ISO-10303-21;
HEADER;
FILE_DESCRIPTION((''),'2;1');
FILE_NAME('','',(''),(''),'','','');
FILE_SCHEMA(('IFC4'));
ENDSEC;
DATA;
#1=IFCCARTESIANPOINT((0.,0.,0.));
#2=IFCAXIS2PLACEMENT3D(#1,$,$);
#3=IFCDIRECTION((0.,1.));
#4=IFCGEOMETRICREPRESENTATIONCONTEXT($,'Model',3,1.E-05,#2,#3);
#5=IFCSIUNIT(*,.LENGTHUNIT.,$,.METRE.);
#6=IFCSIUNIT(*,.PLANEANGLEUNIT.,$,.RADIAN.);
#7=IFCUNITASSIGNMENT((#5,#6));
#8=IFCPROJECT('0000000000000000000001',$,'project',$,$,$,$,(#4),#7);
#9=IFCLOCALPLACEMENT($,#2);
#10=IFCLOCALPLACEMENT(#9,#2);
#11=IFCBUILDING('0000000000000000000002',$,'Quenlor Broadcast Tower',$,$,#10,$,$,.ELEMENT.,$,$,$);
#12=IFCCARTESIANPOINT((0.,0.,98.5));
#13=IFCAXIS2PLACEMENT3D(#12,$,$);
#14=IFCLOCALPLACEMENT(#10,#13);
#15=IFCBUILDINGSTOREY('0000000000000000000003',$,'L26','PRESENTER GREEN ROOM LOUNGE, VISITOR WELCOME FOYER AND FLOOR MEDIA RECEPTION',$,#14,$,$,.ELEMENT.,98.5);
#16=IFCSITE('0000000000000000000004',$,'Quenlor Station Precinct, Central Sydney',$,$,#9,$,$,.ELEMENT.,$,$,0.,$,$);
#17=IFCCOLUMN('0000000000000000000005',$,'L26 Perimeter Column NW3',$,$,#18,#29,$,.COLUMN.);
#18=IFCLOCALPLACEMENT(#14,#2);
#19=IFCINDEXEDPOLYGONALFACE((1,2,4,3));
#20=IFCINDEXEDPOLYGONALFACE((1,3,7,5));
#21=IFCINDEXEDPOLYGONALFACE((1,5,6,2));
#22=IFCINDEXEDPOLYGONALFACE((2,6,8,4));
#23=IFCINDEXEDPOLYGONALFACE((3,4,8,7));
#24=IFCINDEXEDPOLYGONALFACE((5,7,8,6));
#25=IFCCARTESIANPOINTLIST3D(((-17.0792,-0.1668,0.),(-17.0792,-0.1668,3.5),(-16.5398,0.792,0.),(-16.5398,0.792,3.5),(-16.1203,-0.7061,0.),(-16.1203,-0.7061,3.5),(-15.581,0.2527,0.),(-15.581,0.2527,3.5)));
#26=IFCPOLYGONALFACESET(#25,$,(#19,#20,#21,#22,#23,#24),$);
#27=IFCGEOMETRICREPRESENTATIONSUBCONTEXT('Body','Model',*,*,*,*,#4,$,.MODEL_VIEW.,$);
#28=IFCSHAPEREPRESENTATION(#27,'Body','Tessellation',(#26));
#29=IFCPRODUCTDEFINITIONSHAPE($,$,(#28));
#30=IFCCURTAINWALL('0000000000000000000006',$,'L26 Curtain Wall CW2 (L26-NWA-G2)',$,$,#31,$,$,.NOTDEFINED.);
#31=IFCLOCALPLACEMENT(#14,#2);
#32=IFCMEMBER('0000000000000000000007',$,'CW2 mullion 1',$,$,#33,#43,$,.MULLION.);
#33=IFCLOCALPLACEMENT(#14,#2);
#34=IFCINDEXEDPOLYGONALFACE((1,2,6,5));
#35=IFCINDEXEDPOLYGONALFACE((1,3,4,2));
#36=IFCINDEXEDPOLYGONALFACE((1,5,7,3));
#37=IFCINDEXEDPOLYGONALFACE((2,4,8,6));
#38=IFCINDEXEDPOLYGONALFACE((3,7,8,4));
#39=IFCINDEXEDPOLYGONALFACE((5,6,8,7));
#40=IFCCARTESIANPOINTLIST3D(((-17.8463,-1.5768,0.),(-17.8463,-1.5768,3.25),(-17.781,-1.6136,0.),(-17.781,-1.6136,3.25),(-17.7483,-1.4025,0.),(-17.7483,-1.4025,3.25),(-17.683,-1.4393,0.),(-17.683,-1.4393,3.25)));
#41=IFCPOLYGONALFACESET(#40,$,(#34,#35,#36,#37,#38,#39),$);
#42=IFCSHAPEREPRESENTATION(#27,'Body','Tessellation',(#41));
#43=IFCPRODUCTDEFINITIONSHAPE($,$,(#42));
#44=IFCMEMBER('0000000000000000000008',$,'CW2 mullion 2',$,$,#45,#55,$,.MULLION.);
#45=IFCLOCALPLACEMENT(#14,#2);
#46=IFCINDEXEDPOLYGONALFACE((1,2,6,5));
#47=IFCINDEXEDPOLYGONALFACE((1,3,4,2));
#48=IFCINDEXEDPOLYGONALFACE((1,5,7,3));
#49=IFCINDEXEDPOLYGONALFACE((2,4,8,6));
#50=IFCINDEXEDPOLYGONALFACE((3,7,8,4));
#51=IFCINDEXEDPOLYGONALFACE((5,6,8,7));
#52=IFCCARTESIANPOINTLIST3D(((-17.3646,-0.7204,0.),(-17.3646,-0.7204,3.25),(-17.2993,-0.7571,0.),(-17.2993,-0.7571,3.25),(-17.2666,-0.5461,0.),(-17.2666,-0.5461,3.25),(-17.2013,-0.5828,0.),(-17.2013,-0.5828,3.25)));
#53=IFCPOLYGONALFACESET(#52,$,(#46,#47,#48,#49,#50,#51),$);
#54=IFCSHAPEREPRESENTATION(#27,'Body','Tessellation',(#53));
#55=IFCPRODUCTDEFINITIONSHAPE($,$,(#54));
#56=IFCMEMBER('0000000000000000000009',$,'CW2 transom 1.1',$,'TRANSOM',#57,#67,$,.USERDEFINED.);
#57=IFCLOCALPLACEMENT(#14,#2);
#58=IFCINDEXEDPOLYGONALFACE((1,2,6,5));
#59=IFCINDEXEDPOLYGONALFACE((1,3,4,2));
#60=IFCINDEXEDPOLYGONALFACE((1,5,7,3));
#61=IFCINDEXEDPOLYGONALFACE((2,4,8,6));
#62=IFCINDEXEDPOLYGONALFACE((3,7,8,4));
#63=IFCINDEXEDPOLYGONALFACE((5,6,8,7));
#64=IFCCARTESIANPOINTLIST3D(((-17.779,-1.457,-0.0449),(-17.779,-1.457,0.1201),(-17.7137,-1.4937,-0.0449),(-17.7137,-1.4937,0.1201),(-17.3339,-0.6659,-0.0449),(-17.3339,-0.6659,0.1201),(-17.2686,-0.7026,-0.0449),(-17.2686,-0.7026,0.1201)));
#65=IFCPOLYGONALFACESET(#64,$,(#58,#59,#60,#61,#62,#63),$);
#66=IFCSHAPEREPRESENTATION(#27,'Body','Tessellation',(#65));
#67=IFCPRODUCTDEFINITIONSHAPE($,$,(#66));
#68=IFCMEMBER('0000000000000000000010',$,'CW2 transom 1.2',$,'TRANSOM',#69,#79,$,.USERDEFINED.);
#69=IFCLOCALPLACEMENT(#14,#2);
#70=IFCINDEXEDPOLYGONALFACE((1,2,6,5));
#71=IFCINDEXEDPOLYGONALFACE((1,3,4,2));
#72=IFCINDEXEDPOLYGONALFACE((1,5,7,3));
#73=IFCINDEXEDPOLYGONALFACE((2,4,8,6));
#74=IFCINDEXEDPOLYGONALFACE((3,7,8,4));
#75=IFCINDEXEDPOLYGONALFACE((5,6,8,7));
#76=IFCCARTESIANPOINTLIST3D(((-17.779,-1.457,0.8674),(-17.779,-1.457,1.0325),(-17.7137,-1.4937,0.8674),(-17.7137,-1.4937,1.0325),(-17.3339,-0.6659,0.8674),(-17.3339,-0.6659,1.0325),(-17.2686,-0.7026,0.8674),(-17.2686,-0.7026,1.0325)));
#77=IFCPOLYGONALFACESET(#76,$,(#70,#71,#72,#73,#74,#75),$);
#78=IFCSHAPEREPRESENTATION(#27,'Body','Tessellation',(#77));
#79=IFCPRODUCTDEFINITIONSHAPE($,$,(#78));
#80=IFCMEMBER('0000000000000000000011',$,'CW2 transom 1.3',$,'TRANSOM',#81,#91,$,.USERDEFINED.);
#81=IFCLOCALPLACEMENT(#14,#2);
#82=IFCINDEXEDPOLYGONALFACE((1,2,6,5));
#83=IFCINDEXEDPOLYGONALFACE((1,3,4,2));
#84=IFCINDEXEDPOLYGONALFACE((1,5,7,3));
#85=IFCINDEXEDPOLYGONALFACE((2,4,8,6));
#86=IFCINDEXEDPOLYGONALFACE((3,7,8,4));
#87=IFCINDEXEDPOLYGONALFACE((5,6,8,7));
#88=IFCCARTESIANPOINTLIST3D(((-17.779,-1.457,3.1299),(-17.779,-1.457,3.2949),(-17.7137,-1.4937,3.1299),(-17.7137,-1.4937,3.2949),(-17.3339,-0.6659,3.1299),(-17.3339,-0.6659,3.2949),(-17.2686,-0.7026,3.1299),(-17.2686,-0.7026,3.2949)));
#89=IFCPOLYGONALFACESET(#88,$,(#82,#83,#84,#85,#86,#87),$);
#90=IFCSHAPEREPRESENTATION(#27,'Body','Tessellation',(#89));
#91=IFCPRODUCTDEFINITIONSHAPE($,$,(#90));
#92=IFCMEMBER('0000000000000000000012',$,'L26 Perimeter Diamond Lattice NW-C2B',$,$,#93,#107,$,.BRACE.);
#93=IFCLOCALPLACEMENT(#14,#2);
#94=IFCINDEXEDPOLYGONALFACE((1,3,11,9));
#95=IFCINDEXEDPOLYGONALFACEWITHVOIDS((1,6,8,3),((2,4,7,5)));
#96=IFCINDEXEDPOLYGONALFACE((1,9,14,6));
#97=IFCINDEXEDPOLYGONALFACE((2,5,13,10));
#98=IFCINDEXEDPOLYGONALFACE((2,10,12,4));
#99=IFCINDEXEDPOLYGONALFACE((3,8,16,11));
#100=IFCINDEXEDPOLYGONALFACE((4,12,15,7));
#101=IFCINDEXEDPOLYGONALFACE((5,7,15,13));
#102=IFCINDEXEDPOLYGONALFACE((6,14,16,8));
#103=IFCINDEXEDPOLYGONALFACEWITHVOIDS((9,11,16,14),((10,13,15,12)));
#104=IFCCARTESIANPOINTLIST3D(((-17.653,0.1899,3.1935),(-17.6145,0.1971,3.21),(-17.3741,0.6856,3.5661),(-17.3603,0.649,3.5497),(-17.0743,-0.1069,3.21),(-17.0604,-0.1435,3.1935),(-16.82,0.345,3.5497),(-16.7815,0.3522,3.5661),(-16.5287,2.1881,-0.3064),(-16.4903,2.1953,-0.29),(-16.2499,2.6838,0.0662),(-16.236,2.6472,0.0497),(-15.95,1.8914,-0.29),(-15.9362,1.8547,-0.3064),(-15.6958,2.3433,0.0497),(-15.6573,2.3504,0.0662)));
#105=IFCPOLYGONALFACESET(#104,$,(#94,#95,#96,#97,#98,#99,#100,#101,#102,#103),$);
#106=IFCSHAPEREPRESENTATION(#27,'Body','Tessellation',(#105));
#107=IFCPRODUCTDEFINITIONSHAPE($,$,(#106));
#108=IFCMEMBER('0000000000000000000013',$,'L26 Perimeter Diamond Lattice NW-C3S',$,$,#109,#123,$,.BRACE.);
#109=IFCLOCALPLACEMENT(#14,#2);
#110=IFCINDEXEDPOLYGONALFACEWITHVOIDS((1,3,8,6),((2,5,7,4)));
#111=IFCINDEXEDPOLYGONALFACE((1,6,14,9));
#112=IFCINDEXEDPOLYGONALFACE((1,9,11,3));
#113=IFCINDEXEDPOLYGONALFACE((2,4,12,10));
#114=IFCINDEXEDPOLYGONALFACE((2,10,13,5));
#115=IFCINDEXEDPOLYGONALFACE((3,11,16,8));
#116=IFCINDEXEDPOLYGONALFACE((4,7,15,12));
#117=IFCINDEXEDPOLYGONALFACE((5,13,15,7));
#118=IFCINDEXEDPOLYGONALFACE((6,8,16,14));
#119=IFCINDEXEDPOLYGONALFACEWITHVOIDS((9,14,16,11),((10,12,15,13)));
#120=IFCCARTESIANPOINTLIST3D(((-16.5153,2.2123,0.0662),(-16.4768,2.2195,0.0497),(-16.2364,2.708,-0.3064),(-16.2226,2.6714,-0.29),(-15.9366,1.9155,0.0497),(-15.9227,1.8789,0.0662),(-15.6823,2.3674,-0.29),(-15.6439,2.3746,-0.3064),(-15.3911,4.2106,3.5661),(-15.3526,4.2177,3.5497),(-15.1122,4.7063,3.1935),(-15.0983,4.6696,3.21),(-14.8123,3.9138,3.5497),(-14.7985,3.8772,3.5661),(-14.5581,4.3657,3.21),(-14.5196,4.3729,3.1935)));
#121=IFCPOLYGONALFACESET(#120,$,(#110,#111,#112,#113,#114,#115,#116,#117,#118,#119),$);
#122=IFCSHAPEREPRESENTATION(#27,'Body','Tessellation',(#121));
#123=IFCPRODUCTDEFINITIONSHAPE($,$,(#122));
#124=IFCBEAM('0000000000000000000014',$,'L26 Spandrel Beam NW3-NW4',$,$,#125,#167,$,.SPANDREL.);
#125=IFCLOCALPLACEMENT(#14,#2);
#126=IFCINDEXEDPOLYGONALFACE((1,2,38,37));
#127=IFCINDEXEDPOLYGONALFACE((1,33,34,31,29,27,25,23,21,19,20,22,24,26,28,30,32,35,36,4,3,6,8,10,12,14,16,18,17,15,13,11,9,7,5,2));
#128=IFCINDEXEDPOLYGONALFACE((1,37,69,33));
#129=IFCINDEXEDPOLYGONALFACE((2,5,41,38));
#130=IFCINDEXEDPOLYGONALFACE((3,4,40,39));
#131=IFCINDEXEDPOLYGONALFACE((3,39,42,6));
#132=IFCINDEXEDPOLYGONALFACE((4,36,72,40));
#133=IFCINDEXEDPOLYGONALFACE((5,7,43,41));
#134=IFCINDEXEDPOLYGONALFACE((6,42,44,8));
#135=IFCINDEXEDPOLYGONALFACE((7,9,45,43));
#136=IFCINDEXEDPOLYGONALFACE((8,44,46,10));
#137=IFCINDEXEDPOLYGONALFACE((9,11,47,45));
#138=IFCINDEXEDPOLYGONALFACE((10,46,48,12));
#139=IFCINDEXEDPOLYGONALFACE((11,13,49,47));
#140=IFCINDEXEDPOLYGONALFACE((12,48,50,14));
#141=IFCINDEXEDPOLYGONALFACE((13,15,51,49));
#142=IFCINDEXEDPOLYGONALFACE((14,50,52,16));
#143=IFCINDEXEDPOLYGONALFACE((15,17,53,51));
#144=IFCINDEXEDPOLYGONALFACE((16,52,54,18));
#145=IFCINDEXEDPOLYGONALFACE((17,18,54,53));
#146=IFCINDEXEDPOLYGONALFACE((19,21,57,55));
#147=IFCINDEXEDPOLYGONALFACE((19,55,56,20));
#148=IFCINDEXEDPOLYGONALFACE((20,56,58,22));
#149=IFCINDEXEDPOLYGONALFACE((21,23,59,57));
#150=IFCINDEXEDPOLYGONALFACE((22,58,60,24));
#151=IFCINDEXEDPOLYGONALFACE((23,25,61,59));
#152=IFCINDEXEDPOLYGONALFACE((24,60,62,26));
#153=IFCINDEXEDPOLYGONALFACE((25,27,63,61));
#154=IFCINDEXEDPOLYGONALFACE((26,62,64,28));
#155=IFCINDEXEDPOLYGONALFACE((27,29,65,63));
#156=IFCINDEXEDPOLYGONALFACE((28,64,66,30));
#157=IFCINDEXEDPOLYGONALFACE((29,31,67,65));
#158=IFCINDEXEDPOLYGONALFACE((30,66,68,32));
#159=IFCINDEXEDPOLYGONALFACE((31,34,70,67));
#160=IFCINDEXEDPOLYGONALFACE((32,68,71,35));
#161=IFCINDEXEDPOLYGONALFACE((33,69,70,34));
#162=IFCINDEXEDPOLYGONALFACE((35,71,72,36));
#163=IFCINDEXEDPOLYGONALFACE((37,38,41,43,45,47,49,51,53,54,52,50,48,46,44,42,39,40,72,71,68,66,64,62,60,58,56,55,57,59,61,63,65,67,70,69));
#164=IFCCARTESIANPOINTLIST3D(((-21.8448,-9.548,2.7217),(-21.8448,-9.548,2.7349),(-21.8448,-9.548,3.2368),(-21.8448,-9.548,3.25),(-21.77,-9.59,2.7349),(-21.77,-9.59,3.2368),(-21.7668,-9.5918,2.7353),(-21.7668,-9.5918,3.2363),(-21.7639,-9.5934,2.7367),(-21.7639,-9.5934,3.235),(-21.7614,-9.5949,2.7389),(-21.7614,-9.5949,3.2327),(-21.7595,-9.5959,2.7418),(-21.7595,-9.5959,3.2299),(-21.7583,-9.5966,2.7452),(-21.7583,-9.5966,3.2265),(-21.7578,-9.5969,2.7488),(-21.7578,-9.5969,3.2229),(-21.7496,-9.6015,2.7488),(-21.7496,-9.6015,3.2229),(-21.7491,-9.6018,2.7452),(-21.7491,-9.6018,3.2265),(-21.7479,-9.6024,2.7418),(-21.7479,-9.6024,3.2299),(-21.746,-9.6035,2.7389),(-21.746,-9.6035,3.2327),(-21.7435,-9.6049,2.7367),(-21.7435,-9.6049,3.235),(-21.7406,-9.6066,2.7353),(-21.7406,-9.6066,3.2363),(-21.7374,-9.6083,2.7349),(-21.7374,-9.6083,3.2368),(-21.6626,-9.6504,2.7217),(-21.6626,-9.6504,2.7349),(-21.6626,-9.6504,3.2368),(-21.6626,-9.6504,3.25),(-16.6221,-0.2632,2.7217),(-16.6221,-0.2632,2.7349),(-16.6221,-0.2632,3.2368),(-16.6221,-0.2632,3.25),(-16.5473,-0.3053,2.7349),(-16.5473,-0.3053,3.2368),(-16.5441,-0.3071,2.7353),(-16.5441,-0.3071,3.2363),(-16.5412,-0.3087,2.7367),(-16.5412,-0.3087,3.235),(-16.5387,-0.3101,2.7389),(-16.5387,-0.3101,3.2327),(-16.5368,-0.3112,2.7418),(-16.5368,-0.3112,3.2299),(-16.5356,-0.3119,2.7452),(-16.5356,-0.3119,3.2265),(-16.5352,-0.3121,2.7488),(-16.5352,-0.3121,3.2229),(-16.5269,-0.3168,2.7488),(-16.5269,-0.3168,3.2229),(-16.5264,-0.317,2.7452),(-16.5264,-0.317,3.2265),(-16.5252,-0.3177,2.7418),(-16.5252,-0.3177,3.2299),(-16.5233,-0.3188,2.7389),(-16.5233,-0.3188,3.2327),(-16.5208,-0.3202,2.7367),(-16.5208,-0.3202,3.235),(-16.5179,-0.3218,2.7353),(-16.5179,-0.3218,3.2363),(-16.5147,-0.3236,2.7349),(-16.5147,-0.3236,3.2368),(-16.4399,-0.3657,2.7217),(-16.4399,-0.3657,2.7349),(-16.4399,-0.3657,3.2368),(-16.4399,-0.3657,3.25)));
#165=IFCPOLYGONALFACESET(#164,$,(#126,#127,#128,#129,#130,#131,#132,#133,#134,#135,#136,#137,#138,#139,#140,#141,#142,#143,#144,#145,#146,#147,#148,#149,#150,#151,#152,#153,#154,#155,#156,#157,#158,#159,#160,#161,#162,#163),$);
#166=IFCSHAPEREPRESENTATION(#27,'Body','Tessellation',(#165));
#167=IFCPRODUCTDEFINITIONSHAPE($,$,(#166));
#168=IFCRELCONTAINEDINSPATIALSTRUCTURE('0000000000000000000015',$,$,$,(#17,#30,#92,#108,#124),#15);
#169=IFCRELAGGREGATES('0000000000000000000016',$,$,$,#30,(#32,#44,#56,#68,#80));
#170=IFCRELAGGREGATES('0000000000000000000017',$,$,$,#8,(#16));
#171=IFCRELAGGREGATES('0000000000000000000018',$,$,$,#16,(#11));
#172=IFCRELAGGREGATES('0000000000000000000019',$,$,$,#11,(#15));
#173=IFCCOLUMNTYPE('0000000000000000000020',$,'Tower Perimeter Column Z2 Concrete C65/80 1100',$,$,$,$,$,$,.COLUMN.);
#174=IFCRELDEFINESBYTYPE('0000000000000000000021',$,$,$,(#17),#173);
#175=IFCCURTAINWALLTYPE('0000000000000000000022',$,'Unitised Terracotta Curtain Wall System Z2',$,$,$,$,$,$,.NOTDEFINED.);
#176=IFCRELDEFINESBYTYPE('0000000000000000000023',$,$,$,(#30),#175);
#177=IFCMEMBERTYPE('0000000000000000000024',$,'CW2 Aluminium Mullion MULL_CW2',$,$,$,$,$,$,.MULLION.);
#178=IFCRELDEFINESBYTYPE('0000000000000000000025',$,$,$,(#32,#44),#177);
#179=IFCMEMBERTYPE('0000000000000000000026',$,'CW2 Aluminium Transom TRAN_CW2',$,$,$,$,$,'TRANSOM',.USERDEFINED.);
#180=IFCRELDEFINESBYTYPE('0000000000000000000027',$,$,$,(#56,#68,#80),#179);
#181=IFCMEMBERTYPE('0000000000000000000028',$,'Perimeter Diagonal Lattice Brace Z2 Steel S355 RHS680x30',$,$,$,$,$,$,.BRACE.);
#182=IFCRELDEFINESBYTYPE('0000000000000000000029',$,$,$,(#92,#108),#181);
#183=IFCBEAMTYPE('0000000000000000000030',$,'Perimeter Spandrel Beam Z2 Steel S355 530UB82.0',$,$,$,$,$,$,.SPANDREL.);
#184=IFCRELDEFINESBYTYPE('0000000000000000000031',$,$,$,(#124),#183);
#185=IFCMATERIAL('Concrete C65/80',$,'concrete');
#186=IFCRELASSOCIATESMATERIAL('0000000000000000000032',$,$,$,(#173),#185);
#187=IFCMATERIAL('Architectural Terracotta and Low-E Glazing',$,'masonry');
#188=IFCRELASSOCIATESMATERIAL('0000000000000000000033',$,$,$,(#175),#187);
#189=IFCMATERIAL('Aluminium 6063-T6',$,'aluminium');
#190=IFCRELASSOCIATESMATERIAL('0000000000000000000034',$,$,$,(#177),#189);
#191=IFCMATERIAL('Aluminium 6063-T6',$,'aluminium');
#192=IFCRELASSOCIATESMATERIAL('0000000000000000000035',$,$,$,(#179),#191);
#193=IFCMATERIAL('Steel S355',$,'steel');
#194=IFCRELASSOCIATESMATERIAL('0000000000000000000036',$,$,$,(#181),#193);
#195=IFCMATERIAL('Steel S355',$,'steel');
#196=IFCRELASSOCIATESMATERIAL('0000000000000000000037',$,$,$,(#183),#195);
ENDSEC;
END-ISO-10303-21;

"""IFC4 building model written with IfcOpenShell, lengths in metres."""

from ifc_helpers import new_model, si_unit, direction, frame, origin, origin_2d, place, context, subcontext, project, spatial, rectangle, hollow_rectangle, i_section, extrude, material, material_profile, profile_set, type_object, element, aggregate, save


model = new_model("IFC4")

# Units and contexts
model_context = context("Model", 3, precision=1e-05, world=origin(), true_north=direction((0.0, 1.0)))
body_context = subcontext(model_context, "Body", "Model", "MODEL_VIEW")
ifc_project = project(units=[si_unit("LENGTHUNIT", "METRE"), si_unit("PLANEANGLEUNIT", "RADIAN")], contexts=[model_context])

# Site, building, storey
site_placement = place(None, origin())
site = spatial("IfcSite", under=ifc_project, at=site_placement, Name="Quenlor Station Precinct, Central Sydney", CompositionType="ELEMENT", RefElevation=0.0)
building_placement = place(site_placement, origin())
building = spatial("IfcBuilding", under=site, at=building_placement, Name="Quenlor Broadcast Tower", CompositionType="ELEMENT")
storey_placement = place(building_placement, frame((0.0, 0.0, 98.5)))
storey = spatial("IfcBuildingStorey", under=building, at=storey_placement, Name="L26", Description="PRESENTER GREEN ROOM LOUNGE, VISITOR WELCOME FOYER AND FLOOR MEDIA RECEPTION", CompositionType="ELEMENT", Elevation=98.5)

# Column
ifc_material_1 = material(Name="Concrete C65/80", Category="concrete")
ifc_material_profile_1 = material_profile(ifc_material_1, rectangle(XDim=1.1001, YDim=1.1001, at=origin_2d()))
ifc_profile_set_1 = profile_set([ifc_material_profile_1], Name="Concrete C65/80 RC1100x1100")
column_type = type_object("IfcColumnType", Name="Tower Perimeter Column Z2 Concrete C65/80 1100", PredefinedType="COLUMN", material=ifc_profile_set_1)
column_placement = place(storey_placement, frame((-16.3301, 0.043, 0.0), z_axis=(0.0, 0.0, 1.0), x_axis=(-0.871575, 0.490262, 0.0)))
element("IfcColumn", 1, at=column_placement, inside=storey, type_object=column_type, Name="L26 Perimeter Column NW3", PredefinedType="COLUMN", context=body_context, shape_type="SweptSolid", body=[
    extrude(rectangle(XDim=1.1001, YDim=1.1001, at=origin_2d()), origin(), (0.0, 0.0, 1.0), 3.5),
])

# Curtain wall, members
ifc_material_2 = material(Name="Architectural Terracotta and Low-E Glazing", Category="masonry")
curtain_wall_type = type_object("IfcCurtainWallType", Name="Unitised Terracotta Curtain Wall System Z2", PredefinedType="NOTDEFINED", material=ifc_material_2)
curtain_wall_placement = place(storey_placement, origin())
curtain_wall = element("IfcCurtainWall", 2, at=curtain_wall_placement, inside=storey, type_object=curtain_wall_type, Name="L26 Curtain Wall CW2 (L26-NWA-G2)", PredefinedType="NOTDEFINED")
ifc_material_3 = material(Name="Aluminium 6063-T6", Category="aluminium")
ifc_material_profile_2 = material_profile(ifc_material_3, rectangle(XDim=0.075, YDim=0.2, at=origin_2d()))
ifc_profile_set_2 = profile_set([ifc_material_profile_2], Name="Aluminium 6063-T6 MULL75x200")
member_type_1 = type_object("IfcMemberType", Name="CW2 Aluminium Mullion MULL_CW2", PredefinedType="MULLION", material=ifc_profile_set_2)
member_1_placement = place(storey_placement, frame((-17.7646, -1.5081, 0.0), z_axis=(0.0, 0.0, 1.0), x_axis=(-0.871581, 0.490252, 0.0)))
member_1 = element("IfcMember", 3, at=member_1_placement, type_object=member_type_1, Name="CW2 mullion 1", PredefinedType="MULLION", context=body_context, shape_type="SweptSolid", body=[
    extrude(rectangle(XDim=0.075, YDim=0.2, at=origin_2d()), origin(), (0.0, 0.0, 1.0), 3.25),
])
member_2_placement = place(storey_placement, frame((-17.283, -0.6516, 0.0), z_axis=(0.0, 0.0, 1.0), x_axis=(-0.871581, 0.490252, 0.0)))
member_2 = element("IfcMember", 4, at=member_2_placement, type_object=member_type_1, Name="CW2 mullion 2", PredefinedType="MULLION", context=body_context, shape_type="SweptSolid", body=[
    extrude(rectangle(XDim=0.075, YDim=0.2, at=origin_2d()), origin(), (0.0, 0.0, 1.0), 3.25),
])
ifc_material_4 = material(Name="Aluminium 6063-T6", Category="aluminium")
ifc_material_profile_3 = material_profile(ifc_material_4, rectangle(XDim=0.075, YDim=0.165, at=origin_2d()))
ifc_profile_set_3 = profile_set([ifc_material_profile_3], Name="Aluminium 6063-T6 TRAN75x165")
member_type_2 = type_object("IfcMemberType", Name="CW2 Aluminium Transom TRAN_CW2", ElementType="TRANSOM", PredefinedType="USERDEFINED", material=ifc_profile_set_3)
member_3_placement = place(storey_placement, frame((-17.7463, -1.4753, 0.0376), z_axis=(0.490363, 0.871518, 0.0), x_axis=(-0.871518, 0.490363, 0.0)))
member_3 = element("IfcMember", 5, at=member_3_placement, type_object=member_type_2, Name="CW2 transom 1.1", ObjectType="TRANSOM", PredefinedType="USERDEFINED", context=body_context, shape_type="SweptSolid", body=[
    extrude(rectangle(XDim=0.075, YDim=0.165, at=origin_2d()), origin(), (0.0, 0.0, 1.0), 0.9077),
])
member_4_placement = place(storey_placement, frame((-17.7463, -1.4753, 0.95), z_axis=(0.490363, 0.871518, 0.0), x_axis=(-0.871518, 0.490363, 0.0)))
member_4 = element("IfcMember", 6, at=member_4_placement, type_object=member_type_2, Name="CW2 transom 1.2", ObjectType="TRANSOM", PredefinedType="USERDEFINED", context=body_context, shape_type="SweptSolid", body=[
    extrude(rectangle(XDim=0.075, YDim=0.165, at=origin_2d()), origin(), (0.0, 0.0, 1.0), 0.9077),
])
member_5_placement = place(storey_placement, frame((-17.7463, -1.4753, 3.2124), z_axis=(0.490363, 0.871518, 0.0), x_axis=(-0.871518, 0.490363, 0.0)))
member_5 = element("IfcMember", 7, at=member_5_placement, type_object=member_type_2, Name="CW2 transom 1.3", ObjectType="TRANSOM", PredefinedType="USERDEFINED", context=body_context, shape_type="SweptSolid", body=[
    extrude(rectangle(XDim=0.075, YDim=0.165, at=origin_2d()), origin(), (0.0, 0.0, 1.0), 0.9077),
])

# Members
ifc_material_5 = material(Name="Steel S355", Category="steel")
ifc_material_profile_4 = material_profile(ifc_material_5, hollow_rectangle(XDim=0.6799, YDim=0.6799, WallThickness=0.03, at=origin_2d()))
ifc_profile_set_4 = profile_set([ifc_material_profile_4], Name="Steel S355 RHS680x680x30")
member_type_3 = type_object("IfcMemberType", Name="Perimeter Diagonal Lattice Brace Z2 Steel S355 RHS680x30", PredefinedType="BRACE", material=ifc_profile_set_4)
for number, where, z_axis, x_axis, name in (
    (8, (-16.093, 2.2693, -0.1201), (-0.268697, -0.477585, 0.836489), (0.871533, -0.490337, 0.0), "L26 Perimeter Diamond Lattice NW-C2B"),
    (9, (-16.0796, 2.2935, -0.1201), (0.268697, 0.477585, 0.836489), (-0.871533, 0.490337, 0.0), "L26 Perimeter Diamond Lattice NW-C3S"),
):
    element("IfcMember", number, at=place(storey_placement, frame(where, z_axis=z_axis, x_axis=x_axis)), inside=storey, type_object=member_type_3, Name=name, PredefinedType="BRACE", context=body_context, shape_type="SweptSolid", body=[
        extrude(hollow_rectangle(XDim=0.6799, YDim=0.6799, WallThickness=0.03, at=origin_2d()), origin(), (0.0, 0.0, 1.0), 4.1841),
    ])

# Beam
ifc_material_6 = material(Name="Steel S355", Category="steel")
ifc_material_profile_5 = material_profile(ifc_material_6, i_section(OverallWidth=0.209, OverallDepth=0.5283, WebThickness=0.0095, FlangeThickness=0.0132, FilletRadius=0.0139, at=origin_2d()))
ifc_profile_set_5 = profile_set([ifc_material_profile_5], Name="Steel S355 530UB82.0")
beam_type_1 = type_object("IfcBeamType", Name="Perimeter Spandrel Beam Z2 Steel S355 530UB82.0", PredefinedType="SPANDREL", material=ifc_profile_set_5)
beam_1_placement = place(storey_placement, frame((-16.531, -0.3145, 2.9858), z_axis=(-0.490263, -0.871574, 0.0), x_axis=(0.871574, -0.490263, 0.0)))
element("IfcBeam", 10, at=beam_1_placement, inside=storey, type_object=beam_type_1, Name="L26 Spandrel Beam NW3-NW4", PredefinedType="SPANDREL", context=body_context, shape_type="SweptSolid", body=[
    extrude(i_section(OverallWidth=0.209, OverallDepth=0.5283, WebThickness=0.0095, FlangeThickness=0.0132, FilletRadius=0.0139, at=origin_2d()), origin(), (0.0, 0.0, 1.0), 10.6528),
])

aggregate(curtain_wall, [member_1, member_2, member_3, member_4, member_5])

save(model, "model.ifc")
